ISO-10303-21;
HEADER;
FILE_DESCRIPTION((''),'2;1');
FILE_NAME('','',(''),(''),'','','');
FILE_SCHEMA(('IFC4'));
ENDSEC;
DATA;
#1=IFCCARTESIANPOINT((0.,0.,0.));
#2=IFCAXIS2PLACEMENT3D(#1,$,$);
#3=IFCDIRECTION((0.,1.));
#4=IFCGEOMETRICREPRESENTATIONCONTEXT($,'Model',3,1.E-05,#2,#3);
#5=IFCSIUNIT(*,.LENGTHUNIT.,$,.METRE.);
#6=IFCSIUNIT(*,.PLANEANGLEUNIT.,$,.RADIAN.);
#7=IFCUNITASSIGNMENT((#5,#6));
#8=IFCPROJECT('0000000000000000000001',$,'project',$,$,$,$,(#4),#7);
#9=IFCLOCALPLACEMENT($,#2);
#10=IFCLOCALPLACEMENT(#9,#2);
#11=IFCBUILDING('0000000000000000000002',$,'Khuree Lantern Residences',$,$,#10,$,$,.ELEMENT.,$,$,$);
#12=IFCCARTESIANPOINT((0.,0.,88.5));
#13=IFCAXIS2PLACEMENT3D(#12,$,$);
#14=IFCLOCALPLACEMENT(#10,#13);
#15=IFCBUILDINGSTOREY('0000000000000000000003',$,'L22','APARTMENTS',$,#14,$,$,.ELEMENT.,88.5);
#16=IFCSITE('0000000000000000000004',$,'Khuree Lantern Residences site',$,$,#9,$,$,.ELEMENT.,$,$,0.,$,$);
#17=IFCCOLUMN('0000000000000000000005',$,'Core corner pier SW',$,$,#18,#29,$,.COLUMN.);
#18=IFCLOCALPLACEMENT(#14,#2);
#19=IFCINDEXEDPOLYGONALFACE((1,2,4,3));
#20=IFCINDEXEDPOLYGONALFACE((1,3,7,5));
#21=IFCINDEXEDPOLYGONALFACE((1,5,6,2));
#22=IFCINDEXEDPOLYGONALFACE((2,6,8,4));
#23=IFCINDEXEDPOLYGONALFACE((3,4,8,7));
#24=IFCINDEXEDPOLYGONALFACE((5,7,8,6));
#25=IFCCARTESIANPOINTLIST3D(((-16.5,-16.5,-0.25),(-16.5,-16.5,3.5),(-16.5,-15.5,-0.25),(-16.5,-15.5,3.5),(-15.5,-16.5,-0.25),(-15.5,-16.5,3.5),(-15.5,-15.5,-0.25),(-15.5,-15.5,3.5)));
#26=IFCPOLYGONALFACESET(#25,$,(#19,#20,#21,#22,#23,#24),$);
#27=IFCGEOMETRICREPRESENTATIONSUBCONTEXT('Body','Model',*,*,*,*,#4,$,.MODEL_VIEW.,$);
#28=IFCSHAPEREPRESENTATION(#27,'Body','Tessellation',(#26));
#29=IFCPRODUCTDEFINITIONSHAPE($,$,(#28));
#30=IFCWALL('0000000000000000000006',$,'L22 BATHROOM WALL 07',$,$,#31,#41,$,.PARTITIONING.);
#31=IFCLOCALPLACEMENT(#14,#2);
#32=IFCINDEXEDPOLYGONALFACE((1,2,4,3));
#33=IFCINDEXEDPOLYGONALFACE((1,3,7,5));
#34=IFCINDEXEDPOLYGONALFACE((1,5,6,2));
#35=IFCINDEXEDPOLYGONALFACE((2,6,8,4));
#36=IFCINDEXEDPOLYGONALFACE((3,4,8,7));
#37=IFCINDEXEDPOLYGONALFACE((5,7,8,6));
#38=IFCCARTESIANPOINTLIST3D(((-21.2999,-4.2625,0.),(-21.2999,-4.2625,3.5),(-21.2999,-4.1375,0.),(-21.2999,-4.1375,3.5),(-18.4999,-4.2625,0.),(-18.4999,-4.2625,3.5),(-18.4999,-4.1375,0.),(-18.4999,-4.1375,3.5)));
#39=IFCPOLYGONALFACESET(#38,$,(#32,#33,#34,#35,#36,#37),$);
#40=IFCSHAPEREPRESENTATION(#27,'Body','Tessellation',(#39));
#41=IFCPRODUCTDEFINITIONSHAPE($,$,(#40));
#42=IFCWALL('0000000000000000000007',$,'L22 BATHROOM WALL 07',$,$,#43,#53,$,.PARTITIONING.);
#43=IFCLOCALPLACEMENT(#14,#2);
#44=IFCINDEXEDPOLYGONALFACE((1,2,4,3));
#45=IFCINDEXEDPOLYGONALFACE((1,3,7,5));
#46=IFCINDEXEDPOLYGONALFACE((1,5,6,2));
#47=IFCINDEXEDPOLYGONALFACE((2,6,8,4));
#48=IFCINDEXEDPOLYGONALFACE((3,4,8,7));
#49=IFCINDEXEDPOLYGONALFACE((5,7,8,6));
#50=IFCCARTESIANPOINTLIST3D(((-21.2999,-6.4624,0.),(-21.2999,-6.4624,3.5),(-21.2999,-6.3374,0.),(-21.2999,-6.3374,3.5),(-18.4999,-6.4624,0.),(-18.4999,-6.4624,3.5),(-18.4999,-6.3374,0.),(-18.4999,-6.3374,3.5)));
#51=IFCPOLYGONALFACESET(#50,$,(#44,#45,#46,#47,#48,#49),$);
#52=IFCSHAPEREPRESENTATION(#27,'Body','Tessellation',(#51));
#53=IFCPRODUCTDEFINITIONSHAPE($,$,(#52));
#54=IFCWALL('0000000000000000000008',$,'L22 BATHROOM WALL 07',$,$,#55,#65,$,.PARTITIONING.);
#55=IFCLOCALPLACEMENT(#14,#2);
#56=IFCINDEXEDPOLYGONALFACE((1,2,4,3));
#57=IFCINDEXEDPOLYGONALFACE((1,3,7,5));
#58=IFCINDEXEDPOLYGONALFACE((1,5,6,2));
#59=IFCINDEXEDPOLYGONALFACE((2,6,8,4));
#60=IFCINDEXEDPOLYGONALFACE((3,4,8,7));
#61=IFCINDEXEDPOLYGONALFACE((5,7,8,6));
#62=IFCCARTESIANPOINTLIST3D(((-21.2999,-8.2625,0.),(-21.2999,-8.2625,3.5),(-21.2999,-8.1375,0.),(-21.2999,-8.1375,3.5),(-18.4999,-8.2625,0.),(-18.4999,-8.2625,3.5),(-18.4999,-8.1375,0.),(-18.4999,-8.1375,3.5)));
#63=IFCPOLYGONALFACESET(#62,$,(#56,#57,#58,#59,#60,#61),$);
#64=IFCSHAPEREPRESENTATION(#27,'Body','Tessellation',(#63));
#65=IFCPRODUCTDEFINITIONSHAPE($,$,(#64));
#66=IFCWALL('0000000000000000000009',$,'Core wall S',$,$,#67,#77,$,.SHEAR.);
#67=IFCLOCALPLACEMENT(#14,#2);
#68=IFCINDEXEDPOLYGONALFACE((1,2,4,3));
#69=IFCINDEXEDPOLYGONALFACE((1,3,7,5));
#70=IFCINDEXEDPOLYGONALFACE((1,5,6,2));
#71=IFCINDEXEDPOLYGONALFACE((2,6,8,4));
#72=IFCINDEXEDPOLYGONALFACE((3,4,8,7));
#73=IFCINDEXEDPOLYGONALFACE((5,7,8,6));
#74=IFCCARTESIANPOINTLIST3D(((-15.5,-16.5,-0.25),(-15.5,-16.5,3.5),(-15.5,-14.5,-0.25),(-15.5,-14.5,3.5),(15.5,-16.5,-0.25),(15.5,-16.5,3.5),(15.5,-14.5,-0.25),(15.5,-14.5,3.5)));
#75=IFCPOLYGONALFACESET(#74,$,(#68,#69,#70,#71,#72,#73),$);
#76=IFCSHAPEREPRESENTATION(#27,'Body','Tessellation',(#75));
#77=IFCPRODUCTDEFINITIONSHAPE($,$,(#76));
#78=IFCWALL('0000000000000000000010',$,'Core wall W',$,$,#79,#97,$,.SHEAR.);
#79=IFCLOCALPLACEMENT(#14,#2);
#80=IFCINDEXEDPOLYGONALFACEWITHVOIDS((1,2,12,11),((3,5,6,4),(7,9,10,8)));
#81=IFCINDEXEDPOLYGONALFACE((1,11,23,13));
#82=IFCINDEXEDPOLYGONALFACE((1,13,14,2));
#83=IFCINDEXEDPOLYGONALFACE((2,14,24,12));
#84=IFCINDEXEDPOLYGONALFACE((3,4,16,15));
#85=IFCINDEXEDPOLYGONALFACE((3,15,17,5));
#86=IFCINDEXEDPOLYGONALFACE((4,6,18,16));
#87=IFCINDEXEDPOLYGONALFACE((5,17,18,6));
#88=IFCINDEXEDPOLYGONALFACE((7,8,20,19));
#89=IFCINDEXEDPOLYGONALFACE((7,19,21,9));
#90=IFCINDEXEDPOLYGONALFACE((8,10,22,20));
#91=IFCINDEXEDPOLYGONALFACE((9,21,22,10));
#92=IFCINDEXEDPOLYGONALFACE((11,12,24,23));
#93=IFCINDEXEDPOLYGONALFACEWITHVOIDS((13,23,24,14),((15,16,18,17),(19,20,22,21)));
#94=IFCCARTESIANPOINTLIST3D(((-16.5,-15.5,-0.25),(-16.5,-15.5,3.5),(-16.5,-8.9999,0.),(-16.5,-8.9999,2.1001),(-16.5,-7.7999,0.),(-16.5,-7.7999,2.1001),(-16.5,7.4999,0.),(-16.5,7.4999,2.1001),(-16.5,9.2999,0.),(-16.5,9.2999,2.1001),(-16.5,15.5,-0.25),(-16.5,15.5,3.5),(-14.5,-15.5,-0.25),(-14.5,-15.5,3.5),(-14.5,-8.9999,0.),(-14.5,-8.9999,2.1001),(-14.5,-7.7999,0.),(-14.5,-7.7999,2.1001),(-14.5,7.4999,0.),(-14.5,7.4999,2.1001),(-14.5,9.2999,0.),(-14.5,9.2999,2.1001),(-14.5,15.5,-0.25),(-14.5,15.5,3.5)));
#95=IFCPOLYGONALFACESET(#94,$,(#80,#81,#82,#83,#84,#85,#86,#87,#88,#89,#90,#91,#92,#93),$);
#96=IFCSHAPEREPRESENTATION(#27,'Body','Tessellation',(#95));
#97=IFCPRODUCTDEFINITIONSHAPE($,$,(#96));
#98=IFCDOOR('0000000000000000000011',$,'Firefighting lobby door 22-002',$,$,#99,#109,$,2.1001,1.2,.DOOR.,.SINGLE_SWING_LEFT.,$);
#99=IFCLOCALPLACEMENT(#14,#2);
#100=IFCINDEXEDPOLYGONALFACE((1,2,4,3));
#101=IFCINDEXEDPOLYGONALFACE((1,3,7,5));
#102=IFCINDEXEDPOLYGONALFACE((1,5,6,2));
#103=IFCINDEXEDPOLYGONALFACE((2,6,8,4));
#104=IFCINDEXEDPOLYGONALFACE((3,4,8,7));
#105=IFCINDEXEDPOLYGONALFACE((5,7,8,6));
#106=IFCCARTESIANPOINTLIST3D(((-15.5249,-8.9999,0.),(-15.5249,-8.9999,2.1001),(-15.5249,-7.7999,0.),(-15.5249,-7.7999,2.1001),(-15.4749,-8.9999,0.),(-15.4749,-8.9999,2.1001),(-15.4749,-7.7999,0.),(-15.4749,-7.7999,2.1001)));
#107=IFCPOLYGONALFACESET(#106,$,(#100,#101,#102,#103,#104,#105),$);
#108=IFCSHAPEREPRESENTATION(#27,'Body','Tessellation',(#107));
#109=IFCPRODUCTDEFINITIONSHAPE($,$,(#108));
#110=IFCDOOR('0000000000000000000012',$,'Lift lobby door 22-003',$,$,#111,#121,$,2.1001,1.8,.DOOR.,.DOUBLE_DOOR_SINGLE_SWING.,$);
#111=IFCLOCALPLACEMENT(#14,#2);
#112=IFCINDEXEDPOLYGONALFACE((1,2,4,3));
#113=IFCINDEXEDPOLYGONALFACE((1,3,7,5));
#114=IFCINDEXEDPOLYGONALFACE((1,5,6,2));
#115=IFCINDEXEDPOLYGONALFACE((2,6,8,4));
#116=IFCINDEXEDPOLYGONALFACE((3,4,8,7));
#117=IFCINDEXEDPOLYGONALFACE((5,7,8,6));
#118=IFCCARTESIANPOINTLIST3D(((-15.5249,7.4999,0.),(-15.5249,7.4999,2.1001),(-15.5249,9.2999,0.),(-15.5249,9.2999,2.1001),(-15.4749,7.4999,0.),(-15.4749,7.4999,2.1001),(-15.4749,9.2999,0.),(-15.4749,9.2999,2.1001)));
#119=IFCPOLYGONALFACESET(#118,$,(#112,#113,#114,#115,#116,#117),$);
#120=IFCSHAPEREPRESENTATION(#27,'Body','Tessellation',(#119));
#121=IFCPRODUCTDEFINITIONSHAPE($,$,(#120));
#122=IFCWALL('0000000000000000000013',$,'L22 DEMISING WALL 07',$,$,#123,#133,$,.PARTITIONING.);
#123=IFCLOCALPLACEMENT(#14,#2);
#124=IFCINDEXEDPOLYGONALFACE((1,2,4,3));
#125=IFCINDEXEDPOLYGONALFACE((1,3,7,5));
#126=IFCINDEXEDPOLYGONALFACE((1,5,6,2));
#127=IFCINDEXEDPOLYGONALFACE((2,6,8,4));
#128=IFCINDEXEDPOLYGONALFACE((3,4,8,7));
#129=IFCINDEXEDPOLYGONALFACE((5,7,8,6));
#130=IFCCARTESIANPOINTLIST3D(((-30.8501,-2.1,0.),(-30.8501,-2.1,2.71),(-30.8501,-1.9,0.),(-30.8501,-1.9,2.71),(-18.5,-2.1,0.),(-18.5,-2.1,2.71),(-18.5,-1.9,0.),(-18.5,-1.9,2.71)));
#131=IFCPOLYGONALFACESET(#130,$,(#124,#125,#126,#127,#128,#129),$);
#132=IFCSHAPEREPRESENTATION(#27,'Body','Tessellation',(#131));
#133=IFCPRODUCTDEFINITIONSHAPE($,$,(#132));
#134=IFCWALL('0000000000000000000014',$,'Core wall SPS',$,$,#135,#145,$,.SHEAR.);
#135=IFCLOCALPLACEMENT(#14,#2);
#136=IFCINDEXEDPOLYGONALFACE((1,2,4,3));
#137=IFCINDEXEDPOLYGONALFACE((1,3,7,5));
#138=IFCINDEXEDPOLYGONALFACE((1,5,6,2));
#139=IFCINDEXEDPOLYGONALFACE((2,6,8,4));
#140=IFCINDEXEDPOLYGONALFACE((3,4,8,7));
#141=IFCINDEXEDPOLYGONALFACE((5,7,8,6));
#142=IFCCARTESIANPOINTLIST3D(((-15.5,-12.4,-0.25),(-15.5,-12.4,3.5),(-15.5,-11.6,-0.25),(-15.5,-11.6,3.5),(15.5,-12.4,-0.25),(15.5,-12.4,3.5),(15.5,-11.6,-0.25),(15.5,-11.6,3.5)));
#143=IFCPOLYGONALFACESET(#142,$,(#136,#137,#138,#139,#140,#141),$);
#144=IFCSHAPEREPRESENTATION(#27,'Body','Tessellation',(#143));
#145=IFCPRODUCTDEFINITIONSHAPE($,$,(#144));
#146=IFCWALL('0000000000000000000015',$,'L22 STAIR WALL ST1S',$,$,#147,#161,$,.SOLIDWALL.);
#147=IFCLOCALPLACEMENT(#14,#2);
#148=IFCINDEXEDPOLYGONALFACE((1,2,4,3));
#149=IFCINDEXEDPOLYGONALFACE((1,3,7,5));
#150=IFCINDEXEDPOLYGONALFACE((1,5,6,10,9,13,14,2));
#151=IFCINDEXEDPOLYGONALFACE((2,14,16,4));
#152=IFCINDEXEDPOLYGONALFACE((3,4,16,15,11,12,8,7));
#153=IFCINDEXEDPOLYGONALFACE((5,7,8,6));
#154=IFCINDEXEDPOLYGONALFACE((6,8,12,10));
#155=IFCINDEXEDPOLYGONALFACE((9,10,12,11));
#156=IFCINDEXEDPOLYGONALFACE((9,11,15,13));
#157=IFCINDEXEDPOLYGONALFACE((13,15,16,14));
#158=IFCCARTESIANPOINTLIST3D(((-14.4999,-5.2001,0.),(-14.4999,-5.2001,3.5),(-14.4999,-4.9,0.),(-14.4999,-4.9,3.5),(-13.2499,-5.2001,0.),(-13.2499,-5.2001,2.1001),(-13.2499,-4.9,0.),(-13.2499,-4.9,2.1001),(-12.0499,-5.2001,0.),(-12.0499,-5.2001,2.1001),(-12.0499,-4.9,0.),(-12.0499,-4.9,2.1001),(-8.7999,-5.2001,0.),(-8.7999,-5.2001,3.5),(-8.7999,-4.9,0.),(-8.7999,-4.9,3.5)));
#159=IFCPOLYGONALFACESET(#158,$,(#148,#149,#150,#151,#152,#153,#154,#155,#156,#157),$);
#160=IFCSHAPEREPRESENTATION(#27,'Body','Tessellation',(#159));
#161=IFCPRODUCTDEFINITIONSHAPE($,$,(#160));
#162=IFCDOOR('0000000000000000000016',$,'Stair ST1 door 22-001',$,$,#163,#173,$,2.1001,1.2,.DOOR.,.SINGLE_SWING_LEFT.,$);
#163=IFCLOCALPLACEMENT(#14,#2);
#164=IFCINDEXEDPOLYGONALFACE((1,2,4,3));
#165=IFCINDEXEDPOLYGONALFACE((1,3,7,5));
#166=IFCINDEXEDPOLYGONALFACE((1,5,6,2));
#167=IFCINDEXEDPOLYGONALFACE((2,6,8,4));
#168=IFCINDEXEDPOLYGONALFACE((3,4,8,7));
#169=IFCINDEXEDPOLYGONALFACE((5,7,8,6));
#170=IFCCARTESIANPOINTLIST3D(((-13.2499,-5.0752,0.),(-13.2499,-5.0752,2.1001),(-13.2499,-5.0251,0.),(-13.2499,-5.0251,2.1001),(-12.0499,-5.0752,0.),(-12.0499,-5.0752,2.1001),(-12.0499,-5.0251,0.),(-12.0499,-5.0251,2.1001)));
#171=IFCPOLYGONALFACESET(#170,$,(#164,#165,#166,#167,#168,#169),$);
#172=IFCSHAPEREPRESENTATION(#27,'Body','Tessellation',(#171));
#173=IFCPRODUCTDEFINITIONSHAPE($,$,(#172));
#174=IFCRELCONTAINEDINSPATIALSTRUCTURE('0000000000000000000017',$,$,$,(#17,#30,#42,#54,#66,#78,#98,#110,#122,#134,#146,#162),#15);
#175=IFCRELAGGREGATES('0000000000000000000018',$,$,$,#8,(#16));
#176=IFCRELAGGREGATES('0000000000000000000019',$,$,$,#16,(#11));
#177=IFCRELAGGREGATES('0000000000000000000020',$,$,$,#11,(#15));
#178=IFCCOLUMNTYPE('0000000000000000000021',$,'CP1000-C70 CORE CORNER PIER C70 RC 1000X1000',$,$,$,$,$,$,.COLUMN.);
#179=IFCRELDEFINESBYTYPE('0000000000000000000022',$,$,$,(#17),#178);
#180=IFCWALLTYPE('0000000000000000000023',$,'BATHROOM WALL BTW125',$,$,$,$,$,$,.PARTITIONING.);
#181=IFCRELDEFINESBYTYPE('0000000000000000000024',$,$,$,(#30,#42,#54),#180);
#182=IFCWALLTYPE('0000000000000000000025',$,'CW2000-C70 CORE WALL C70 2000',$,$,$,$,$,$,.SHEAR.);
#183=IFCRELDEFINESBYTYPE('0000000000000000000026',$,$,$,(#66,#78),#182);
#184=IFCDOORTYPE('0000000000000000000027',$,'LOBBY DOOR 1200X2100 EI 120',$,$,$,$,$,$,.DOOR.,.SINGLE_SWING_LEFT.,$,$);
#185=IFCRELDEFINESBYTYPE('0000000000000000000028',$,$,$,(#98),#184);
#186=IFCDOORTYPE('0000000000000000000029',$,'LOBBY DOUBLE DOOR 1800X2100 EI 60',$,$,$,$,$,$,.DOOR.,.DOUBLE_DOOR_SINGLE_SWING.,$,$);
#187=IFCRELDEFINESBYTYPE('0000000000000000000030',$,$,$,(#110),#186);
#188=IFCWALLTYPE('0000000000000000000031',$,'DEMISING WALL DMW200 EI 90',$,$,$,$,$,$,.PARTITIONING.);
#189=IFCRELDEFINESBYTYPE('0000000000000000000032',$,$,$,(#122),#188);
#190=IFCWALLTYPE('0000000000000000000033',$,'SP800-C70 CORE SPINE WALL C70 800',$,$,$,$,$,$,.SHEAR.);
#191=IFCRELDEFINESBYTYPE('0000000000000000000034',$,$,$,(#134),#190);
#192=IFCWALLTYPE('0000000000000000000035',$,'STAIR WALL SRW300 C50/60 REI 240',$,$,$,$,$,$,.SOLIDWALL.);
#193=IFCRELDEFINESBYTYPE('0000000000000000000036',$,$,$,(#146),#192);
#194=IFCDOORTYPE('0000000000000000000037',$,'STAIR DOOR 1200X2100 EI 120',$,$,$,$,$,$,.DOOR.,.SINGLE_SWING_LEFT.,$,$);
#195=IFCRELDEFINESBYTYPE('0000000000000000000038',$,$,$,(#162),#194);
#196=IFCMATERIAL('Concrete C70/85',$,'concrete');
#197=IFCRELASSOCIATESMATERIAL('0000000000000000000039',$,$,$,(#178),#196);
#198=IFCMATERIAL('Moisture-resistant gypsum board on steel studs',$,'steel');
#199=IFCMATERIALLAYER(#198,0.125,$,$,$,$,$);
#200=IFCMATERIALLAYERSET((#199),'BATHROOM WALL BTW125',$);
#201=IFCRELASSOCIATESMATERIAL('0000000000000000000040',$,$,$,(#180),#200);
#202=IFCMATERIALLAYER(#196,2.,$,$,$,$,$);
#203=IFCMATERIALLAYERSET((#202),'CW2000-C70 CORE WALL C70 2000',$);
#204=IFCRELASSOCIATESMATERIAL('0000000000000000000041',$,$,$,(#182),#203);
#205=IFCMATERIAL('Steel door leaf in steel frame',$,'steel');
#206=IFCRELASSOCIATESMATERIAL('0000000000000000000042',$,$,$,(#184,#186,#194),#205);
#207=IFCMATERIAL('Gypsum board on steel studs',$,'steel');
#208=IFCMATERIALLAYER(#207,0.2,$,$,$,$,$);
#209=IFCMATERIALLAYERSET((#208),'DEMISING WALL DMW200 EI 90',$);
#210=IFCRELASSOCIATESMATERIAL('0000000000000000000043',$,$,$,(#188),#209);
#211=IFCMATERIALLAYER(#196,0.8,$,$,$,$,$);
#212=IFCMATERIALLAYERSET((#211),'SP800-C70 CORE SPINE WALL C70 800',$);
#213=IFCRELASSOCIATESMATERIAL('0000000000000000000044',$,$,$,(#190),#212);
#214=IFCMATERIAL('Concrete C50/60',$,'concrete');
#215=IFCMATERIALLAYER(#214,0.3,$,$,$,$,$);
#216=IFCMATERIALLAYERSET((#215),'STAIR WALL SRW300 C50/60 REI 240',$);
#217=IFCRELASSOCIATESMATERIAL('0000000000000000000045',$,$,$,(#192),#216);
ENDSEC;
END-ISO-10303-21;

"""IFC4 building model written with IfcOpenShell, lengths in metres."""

from ifc_helpers import new_model, si_unit, direction, frame, frame_2d, origin, origin_2d, place, context, subcontext, project, spatial, rectangle, extrude, material, layer, layer_set, material_profile, profile_set, type_object, element, fill, save


model = new_model("IFC4")

# Units and contexts
model_context = context("Model", 3, precision=1e-05, world=origin(), true_north=direction((0.0, 1.0)))
body_context = subcontext(model_context, "Body", "Model", "MODEL_VIEW")
ifc_project = project(units=[si_unit("LENGTHUNIT", "METRE"), si_unit("PLANEANGLEUNIT", "RADIAN")], contexts=[model_context])

# Site, building, storey
site_placement = place(None, origin())
site = spatial("IfcSite", under=ifc_project, at=site_placement, Name="Khuree Lantern Residences site", CompositionType="ELEMENT", RefElevation=0.0)
building_placement = place(site_placement, origin())
building = spatial("IfcBuilding", under=site, at=building_placement, Name="Khuree Lantern Residences", CompositionType="ELEMENT")
storey_placement = place(building_placement, frame((0.0, 0.0, 88.5)))
storey = spatial("IfcBuildingStorey", under=building, at=storey_placement, Name="L22", Description="APARTMENTS", CompositionType="ELEMENT", Elevation=88.5)

# Column
ifc_material_1 = material(Name="Concrete C70/85", Category="concrete")
ifc_material_profile = material_profile(ifc_material_1, rectangle(XDim=1.0, YDim=1.0, at=origin_2d()), Name="RC 1000X1000")
ifc_profile_set = profile_set([ifc_material_profile], Name="Concrete C70/85")
column_type = type_object("IfcColumnType", Name="CP1000-C70 CORE CORNER PIER C70 RC 1000X1000", PredefinedType="COLUMN", material=ifc_profile_set)
column_placement = place(storey_placement, frame((-16.0, -16.0, -0.25), z_axis=(0.0, 0.0, 1.0), x_axis=(1.0, 0.0, 0.0)))
element("IfcColumn", 1, at=column_placement, inside=storey, type_object=column_type, Name="Core corner pier SW", PredefinedType="COLUMN", context=body_context, shape_type="SweptSolid", body=[
    extrude(rectangle(XDim=1.0, YDim=1.0, at=origin_2d()), origin(), (0.0, 0.0, 1.0), 3.75),
])

# Walls
ifc_material_2 = material(Name="Moisture-resistant gypsum board on steel studs", Category="steel")
ifc_layer_1 = layer(ifc_material_2, 0.125)
ifc_layer_set_1 = layer_set([ifc_layer_1], Name="BATHROOM WALL BTW125")
wall_type_1 = type_object("IfcWallType", Name="BATHROOM WALL BTW125", PredefinedType="PARTITIONING", material=ifc_layer_set_1)
for number, where, z_axis, x_axis, name in (
    (2, (-18.5, -4.2, 0.0), (0.0, 0.0, 1.0), (-1.0, 0.0, 0.0), "L22 BATHROOM WALL 07"),
    (3, (-18.5, -6.3999, 0.0), (0.0, 0.0, 1.0), (-1.0, 0.0, 0.0), "L22 BATHROOM WALL 07"),
    (4, (-18.5, -8.2, 0.0), (0.0, 0.0, 1.0), (-1.0, 0.0, 0.0), "L22 BATHROOM WALL 07"),
):
    element("IfcWall", number, at=place(storey_placement, frame(where, z_axis=z_axis, x_axis=x_axis)), inside=storey, type_object=wall_type_1, Name=name, PredefinedType="PARTITIONING", context=body_context, shape_type="SweptSolid", body=[
        extrude(rectangle(XDim=2.8, YDim=0.125, at=frame_2d((1.3999, 0.0))), origin(), (0.0, 0.0, 1.0), 3.5),
    ])
ifc_layer_2 = layer(ifc_material_1, 2.0)
ifc_layer_set_2 = layer_set([ifc_layer_2], Name="CW2000-C70 CORE WALL C70 2000")
wall_type_2 = type_object("IfcWallType", Name="CW2000-C70 CORE WALL C70 2000", PredefinedType="SHEAR", material=ifc_layer_set_2)
wall_1_placement = place(storey_placement, frame((-15.5, -15.5, -0.25), z_axis=(0.0, 0.0, 1.0), x_axis=(1.0, 0.0, 0.0)))
element("IfcWall", 5, at=wall_1_placement, inside=storey, type_object=wall_type_2, Name="Core wall S", PredefinedType="SHEAR", context=body_context, shape_type="SweptSolid", body=[
    extrude(rectangle(XDim=31.0, YDim=2.0, at=frame_2d((15.5, 0.0))), origin(), (0.0, 0.0, 1.0), 3.75),
])

# Wall, openings, doors
wall_2_placement = place(storey_placement, frame((-15.5, -15.5, -0.25), z_axis=(0.0, 0.0, 1.0), x_axis=(0.0, 1.0, 0.0)))
wall_2 = element("IfcWall", 6, at=wall_2_placement, inside=storey, type_object=wall_type_2, Name="Core wall W", PredefinedType="SHEAR", context=body_context, shape_type="SweptSolid", body=[
    extrude(rectangle(XDim=31.0, YDim=2.0, at=frame_2d((15.5, 0.0))), origin(), (0.0, 0.0, 1.0), 3.75),
])
opening_1_placement = place(wall_2_placement, frame((6.5, 0.0, 0.25)))
opening_1 = element("IfcOpeningElement", 7, at=opening_1_placement, cuts=wall_2, PredefinedType="OPENING", context=body_context, shape_type="SweptSolid", body=[
    extrude(rectangle(XDim=1.2, YDim=2.1001, at=frame_2d((0.6001, 1.05))), frame((0.0, 1.01, 0.0), z_axis=(0.0, -1.0, 0.0), x_axis=(1.0, 0.0, 0.0)), (0.0, 0.0, 1.0), 2.02),
])
opening_2_placement = place(wall_2_placement, frame((23.0, 0.0, 0.25)))
opening_2 = element("IfcOpeningElement", 8, at=opening_2_placement, cuts=wall_2, PredefinedType="OPENING", context=body_context, shape_type="SweptSolid", body=[
    extrude(rectangle(XDim=1.8, YDim=2.1001, at=frame_2d((0.8999, 1.05))), frame((0.0, 1.01, 0.0), z_axis=(0.0, -1.0, 0.0), x_axis=(1.0, 0.0, 0.0)), (0.0, 0.0, 1.0), 2.02),
])
ifc_material_3 = material(Name="Steel door leaf in steel frame", Category="steel")
door_type_1 = type_object("IfcDoorType", Name="LOBBY DOOR 1200X2100 EI 120", OperationType="SINGLE_SWING_LEFT", PredefinedType="DOOR", material=ifc_material_3)
door_1_placement = place(opening_1_placement, origin())
door_1 = element("IfcDoor", 9, at=door_1_placement, inside=storey, type_object=door_type_1, Name="Firefighting lobby door 22-002", OperationType="SINGLE_SWING_LEFT", OverallHeight=2.1001, OverallWidth=1.2, PredefinedType="DOOR", context=body_context, shape_type="SweptSolid", body=[
    extrude(rectangle(XDim=1.2, YDim=2.1001, at=frame_2d((0.6001, 1.05))), frame((0.0, 0.0249, 0.0), z_axis=(0.0, -1.0, 0.0), x_axis=(1.0, 0.0, 0.0)), (0.0, 0.0, 1.0), 0.05),
])
fill(opening_1, door_1)
door_type_2 = type_object("IfcDoorType", Name="LOBBY DOUBLE DOOR 1800X2100 EI 60", OperationType="DOUBLE_DOOR_SINGLE_SWING", PredefinedType="DOOR", material=ifc_material_3)
door_2_placement = place(opening_2_placement, origin())
door_2 = element("IfcDoor", 10, at=door_2_placement, inside=storey, type_object=door_type_2, Name="Lift lobby door 22-003", OperationType="DOUBLE_DOOR_SINGLE_SWING", OverallHeight=2.1001, OverallWidth=1.8, PredefinedType="DOOR", context=body_context, shape_type="SweptSolid", body=[
    extrude(rectangle(XDim=1.8, YDim=2.1001, at=frame_2d((0.8999, 1.05))), frame((0.0, 0.0249, 0.0), z_axis=(0.0, -1.0, 0.0), x_axis=(1.0, 0.0, 0.0)), (0.0, 0.0, 1.0), 0.05),
])
fill(opening_2, door_2)

# Walls
ifc_material_4 = material(Name="Gypsum board on steel studs", Category="steel")
ifc_layer_3 = layer(ifc_material_4, 0.2)
ifc_layer_set_3 = layer_set([ifc_layer_3], Name="DEMISING WALL DMW200 EI 90")
wall_type_3 = type_object("IfcWallType", Name="DEMISING WALL DMW200 EI 90", PredefinedType="PARTITIONING", material=ifc_layer_set_3)
wall_3_placement = place(storey_placement, frame((-18.5, -2.0, 0.0), z_axis=(0.0, 0.0, 1.0), x_axis=(-1.0, 0.0, 0.0)))
element("IfcWall", 11, at=wall_3_placement, inside=storey, type_object=wall_type_3, Name="L22 DEMISING WALL 07", PredefinedType="PARTITIONING", context=body_context, shape_type="SweptSolid", body=[
    extrude(rectangle(XDim=12.3501, YDim=0.2, at=frame_2d((6.175, 0.0))), origin(), (0.0, 0.0, 1.0), 2.71),
])
ifc_layer_4 = layer(ifc_material_1, 0.8)
ifc_layer_set_4 = layer_set([ifc_layer_4], Name="SP800-C70 CORE SPINE WALL C70 800")
wall_type_4 = type_object("IfcWallType", Name="SP800-C70 CORE SPINE WALL C70 800", PredefinedType="SHEAR", material=ifc_layer_set_4)
wall_4_placement = place(storey_placement, frame((-15.5, -12.0, -0.25), z_axis=(0.0, 0.0, 1.0), x_axis=(1.0, 0.0, 0.0)))
element("IfcWall", 12, at=wall_4_placement, inside=storey, type_object=wall_type_4, Name="Core wall SPS", PredefinedType="SHEAR", context=body_context, shape_type="SweptSolid", body=[
    extrude(rectangle(XDim=31.0, YDim=0.8, at=frame_2d((15.5, 0.0))), origin(), (0.0, 0.0, 1.0), 3.75),
])

# Wall, opening, door
ifc_material_5 = material(Name="Concrete C50/60", Category="concrete")
ifc_layer_5 = layer(ifc_material_5, 0.3)
ifc_layer_set_5 = layer_set([ifc_layer_5], Name="STAIR WALL SRW300 C50/60 REI 240")
wall_type_5 = type_object("IfcWallType", Name="STAIR WALL SRW300 C50/60 REI 240", PredefinedType="SOLIDWALL", material=ifc_layer_set_5)
wall_5_placement = place(storey_placement, frame((-14.5, -5.05, 0.0), z_axis=(0.0, 0.0, 1.0), x_axis=(1.0, 0.0, 0.0)))
wall_5 = element("IfcWall", 13, at=wall_5_placement, inside=storey, type_object=wall_type_5, Name="L22 STAIR WALL ST1S", PredefinedType="SOLIDWALL", context=body_context, shape_type="SweptSolid", body=[
    extrude(rectangle(XDim=5.7, YDim=0.3, at=frame_2d((2.8501, 0.0))), origin(), (0.0, 0.0, 1.0), 3.5),
])
opening_3_placement = place(wall_5_placement, frame((1.25, 0.0, 0.0)))
opening_3 = element("IfcOpeningElement", 14, at=opening_3_placement, cuts=wall_5, PredefinedType="OPENING", context=body_context, shape_type="SweptSolid", body=[
    extrude(rectangle(XDim=1.2, YDim=2.1001, at=frame_2d((0.6001, 1.05))), frame((0.0, 0.1602, 0.0), z_axis=(0.0, -1.0, 0.0), x_axis=(1.0, 0.0, 0.0)), (0.0, 0.0, 1.0), 0.3201),
])
door_type_3 = type_object("IfcDoorType", Name="STAIR DOOR 1200X2100 EI 120", OperationType="SINGLE_SWING_LEFT", PredefinedType="DOOR", material=ifc_material_3)
door_3_placement = place(opening_3_placement, origin())
door_3 = element("IfcDoor", 15, at=door_3_placement, inside=storey, type_object=door_type_3, Name="Stair ST1 door 22-001", OperationType="SINGLE_SWING_LEFT", OverallHeight=2.1001, OverallWidth=1.2, PredefinedType="DOOR", context=body_context, shape_type="SweptSolid", body=[
    extrude(rectangle(XDim=1.2, YDim=2.1001, at=frame_2d((0.6001, 1.05))), frame((0.0, 0.0249, 0.0), z_axis=(0.0, -1.0, 0.0), x_axis=(1.0, 0.0, 0.0)), (0.0, 0.0, 1.0), 0.05),
])
fill(opening_3, door_3)

save(model, "model.ifc")
